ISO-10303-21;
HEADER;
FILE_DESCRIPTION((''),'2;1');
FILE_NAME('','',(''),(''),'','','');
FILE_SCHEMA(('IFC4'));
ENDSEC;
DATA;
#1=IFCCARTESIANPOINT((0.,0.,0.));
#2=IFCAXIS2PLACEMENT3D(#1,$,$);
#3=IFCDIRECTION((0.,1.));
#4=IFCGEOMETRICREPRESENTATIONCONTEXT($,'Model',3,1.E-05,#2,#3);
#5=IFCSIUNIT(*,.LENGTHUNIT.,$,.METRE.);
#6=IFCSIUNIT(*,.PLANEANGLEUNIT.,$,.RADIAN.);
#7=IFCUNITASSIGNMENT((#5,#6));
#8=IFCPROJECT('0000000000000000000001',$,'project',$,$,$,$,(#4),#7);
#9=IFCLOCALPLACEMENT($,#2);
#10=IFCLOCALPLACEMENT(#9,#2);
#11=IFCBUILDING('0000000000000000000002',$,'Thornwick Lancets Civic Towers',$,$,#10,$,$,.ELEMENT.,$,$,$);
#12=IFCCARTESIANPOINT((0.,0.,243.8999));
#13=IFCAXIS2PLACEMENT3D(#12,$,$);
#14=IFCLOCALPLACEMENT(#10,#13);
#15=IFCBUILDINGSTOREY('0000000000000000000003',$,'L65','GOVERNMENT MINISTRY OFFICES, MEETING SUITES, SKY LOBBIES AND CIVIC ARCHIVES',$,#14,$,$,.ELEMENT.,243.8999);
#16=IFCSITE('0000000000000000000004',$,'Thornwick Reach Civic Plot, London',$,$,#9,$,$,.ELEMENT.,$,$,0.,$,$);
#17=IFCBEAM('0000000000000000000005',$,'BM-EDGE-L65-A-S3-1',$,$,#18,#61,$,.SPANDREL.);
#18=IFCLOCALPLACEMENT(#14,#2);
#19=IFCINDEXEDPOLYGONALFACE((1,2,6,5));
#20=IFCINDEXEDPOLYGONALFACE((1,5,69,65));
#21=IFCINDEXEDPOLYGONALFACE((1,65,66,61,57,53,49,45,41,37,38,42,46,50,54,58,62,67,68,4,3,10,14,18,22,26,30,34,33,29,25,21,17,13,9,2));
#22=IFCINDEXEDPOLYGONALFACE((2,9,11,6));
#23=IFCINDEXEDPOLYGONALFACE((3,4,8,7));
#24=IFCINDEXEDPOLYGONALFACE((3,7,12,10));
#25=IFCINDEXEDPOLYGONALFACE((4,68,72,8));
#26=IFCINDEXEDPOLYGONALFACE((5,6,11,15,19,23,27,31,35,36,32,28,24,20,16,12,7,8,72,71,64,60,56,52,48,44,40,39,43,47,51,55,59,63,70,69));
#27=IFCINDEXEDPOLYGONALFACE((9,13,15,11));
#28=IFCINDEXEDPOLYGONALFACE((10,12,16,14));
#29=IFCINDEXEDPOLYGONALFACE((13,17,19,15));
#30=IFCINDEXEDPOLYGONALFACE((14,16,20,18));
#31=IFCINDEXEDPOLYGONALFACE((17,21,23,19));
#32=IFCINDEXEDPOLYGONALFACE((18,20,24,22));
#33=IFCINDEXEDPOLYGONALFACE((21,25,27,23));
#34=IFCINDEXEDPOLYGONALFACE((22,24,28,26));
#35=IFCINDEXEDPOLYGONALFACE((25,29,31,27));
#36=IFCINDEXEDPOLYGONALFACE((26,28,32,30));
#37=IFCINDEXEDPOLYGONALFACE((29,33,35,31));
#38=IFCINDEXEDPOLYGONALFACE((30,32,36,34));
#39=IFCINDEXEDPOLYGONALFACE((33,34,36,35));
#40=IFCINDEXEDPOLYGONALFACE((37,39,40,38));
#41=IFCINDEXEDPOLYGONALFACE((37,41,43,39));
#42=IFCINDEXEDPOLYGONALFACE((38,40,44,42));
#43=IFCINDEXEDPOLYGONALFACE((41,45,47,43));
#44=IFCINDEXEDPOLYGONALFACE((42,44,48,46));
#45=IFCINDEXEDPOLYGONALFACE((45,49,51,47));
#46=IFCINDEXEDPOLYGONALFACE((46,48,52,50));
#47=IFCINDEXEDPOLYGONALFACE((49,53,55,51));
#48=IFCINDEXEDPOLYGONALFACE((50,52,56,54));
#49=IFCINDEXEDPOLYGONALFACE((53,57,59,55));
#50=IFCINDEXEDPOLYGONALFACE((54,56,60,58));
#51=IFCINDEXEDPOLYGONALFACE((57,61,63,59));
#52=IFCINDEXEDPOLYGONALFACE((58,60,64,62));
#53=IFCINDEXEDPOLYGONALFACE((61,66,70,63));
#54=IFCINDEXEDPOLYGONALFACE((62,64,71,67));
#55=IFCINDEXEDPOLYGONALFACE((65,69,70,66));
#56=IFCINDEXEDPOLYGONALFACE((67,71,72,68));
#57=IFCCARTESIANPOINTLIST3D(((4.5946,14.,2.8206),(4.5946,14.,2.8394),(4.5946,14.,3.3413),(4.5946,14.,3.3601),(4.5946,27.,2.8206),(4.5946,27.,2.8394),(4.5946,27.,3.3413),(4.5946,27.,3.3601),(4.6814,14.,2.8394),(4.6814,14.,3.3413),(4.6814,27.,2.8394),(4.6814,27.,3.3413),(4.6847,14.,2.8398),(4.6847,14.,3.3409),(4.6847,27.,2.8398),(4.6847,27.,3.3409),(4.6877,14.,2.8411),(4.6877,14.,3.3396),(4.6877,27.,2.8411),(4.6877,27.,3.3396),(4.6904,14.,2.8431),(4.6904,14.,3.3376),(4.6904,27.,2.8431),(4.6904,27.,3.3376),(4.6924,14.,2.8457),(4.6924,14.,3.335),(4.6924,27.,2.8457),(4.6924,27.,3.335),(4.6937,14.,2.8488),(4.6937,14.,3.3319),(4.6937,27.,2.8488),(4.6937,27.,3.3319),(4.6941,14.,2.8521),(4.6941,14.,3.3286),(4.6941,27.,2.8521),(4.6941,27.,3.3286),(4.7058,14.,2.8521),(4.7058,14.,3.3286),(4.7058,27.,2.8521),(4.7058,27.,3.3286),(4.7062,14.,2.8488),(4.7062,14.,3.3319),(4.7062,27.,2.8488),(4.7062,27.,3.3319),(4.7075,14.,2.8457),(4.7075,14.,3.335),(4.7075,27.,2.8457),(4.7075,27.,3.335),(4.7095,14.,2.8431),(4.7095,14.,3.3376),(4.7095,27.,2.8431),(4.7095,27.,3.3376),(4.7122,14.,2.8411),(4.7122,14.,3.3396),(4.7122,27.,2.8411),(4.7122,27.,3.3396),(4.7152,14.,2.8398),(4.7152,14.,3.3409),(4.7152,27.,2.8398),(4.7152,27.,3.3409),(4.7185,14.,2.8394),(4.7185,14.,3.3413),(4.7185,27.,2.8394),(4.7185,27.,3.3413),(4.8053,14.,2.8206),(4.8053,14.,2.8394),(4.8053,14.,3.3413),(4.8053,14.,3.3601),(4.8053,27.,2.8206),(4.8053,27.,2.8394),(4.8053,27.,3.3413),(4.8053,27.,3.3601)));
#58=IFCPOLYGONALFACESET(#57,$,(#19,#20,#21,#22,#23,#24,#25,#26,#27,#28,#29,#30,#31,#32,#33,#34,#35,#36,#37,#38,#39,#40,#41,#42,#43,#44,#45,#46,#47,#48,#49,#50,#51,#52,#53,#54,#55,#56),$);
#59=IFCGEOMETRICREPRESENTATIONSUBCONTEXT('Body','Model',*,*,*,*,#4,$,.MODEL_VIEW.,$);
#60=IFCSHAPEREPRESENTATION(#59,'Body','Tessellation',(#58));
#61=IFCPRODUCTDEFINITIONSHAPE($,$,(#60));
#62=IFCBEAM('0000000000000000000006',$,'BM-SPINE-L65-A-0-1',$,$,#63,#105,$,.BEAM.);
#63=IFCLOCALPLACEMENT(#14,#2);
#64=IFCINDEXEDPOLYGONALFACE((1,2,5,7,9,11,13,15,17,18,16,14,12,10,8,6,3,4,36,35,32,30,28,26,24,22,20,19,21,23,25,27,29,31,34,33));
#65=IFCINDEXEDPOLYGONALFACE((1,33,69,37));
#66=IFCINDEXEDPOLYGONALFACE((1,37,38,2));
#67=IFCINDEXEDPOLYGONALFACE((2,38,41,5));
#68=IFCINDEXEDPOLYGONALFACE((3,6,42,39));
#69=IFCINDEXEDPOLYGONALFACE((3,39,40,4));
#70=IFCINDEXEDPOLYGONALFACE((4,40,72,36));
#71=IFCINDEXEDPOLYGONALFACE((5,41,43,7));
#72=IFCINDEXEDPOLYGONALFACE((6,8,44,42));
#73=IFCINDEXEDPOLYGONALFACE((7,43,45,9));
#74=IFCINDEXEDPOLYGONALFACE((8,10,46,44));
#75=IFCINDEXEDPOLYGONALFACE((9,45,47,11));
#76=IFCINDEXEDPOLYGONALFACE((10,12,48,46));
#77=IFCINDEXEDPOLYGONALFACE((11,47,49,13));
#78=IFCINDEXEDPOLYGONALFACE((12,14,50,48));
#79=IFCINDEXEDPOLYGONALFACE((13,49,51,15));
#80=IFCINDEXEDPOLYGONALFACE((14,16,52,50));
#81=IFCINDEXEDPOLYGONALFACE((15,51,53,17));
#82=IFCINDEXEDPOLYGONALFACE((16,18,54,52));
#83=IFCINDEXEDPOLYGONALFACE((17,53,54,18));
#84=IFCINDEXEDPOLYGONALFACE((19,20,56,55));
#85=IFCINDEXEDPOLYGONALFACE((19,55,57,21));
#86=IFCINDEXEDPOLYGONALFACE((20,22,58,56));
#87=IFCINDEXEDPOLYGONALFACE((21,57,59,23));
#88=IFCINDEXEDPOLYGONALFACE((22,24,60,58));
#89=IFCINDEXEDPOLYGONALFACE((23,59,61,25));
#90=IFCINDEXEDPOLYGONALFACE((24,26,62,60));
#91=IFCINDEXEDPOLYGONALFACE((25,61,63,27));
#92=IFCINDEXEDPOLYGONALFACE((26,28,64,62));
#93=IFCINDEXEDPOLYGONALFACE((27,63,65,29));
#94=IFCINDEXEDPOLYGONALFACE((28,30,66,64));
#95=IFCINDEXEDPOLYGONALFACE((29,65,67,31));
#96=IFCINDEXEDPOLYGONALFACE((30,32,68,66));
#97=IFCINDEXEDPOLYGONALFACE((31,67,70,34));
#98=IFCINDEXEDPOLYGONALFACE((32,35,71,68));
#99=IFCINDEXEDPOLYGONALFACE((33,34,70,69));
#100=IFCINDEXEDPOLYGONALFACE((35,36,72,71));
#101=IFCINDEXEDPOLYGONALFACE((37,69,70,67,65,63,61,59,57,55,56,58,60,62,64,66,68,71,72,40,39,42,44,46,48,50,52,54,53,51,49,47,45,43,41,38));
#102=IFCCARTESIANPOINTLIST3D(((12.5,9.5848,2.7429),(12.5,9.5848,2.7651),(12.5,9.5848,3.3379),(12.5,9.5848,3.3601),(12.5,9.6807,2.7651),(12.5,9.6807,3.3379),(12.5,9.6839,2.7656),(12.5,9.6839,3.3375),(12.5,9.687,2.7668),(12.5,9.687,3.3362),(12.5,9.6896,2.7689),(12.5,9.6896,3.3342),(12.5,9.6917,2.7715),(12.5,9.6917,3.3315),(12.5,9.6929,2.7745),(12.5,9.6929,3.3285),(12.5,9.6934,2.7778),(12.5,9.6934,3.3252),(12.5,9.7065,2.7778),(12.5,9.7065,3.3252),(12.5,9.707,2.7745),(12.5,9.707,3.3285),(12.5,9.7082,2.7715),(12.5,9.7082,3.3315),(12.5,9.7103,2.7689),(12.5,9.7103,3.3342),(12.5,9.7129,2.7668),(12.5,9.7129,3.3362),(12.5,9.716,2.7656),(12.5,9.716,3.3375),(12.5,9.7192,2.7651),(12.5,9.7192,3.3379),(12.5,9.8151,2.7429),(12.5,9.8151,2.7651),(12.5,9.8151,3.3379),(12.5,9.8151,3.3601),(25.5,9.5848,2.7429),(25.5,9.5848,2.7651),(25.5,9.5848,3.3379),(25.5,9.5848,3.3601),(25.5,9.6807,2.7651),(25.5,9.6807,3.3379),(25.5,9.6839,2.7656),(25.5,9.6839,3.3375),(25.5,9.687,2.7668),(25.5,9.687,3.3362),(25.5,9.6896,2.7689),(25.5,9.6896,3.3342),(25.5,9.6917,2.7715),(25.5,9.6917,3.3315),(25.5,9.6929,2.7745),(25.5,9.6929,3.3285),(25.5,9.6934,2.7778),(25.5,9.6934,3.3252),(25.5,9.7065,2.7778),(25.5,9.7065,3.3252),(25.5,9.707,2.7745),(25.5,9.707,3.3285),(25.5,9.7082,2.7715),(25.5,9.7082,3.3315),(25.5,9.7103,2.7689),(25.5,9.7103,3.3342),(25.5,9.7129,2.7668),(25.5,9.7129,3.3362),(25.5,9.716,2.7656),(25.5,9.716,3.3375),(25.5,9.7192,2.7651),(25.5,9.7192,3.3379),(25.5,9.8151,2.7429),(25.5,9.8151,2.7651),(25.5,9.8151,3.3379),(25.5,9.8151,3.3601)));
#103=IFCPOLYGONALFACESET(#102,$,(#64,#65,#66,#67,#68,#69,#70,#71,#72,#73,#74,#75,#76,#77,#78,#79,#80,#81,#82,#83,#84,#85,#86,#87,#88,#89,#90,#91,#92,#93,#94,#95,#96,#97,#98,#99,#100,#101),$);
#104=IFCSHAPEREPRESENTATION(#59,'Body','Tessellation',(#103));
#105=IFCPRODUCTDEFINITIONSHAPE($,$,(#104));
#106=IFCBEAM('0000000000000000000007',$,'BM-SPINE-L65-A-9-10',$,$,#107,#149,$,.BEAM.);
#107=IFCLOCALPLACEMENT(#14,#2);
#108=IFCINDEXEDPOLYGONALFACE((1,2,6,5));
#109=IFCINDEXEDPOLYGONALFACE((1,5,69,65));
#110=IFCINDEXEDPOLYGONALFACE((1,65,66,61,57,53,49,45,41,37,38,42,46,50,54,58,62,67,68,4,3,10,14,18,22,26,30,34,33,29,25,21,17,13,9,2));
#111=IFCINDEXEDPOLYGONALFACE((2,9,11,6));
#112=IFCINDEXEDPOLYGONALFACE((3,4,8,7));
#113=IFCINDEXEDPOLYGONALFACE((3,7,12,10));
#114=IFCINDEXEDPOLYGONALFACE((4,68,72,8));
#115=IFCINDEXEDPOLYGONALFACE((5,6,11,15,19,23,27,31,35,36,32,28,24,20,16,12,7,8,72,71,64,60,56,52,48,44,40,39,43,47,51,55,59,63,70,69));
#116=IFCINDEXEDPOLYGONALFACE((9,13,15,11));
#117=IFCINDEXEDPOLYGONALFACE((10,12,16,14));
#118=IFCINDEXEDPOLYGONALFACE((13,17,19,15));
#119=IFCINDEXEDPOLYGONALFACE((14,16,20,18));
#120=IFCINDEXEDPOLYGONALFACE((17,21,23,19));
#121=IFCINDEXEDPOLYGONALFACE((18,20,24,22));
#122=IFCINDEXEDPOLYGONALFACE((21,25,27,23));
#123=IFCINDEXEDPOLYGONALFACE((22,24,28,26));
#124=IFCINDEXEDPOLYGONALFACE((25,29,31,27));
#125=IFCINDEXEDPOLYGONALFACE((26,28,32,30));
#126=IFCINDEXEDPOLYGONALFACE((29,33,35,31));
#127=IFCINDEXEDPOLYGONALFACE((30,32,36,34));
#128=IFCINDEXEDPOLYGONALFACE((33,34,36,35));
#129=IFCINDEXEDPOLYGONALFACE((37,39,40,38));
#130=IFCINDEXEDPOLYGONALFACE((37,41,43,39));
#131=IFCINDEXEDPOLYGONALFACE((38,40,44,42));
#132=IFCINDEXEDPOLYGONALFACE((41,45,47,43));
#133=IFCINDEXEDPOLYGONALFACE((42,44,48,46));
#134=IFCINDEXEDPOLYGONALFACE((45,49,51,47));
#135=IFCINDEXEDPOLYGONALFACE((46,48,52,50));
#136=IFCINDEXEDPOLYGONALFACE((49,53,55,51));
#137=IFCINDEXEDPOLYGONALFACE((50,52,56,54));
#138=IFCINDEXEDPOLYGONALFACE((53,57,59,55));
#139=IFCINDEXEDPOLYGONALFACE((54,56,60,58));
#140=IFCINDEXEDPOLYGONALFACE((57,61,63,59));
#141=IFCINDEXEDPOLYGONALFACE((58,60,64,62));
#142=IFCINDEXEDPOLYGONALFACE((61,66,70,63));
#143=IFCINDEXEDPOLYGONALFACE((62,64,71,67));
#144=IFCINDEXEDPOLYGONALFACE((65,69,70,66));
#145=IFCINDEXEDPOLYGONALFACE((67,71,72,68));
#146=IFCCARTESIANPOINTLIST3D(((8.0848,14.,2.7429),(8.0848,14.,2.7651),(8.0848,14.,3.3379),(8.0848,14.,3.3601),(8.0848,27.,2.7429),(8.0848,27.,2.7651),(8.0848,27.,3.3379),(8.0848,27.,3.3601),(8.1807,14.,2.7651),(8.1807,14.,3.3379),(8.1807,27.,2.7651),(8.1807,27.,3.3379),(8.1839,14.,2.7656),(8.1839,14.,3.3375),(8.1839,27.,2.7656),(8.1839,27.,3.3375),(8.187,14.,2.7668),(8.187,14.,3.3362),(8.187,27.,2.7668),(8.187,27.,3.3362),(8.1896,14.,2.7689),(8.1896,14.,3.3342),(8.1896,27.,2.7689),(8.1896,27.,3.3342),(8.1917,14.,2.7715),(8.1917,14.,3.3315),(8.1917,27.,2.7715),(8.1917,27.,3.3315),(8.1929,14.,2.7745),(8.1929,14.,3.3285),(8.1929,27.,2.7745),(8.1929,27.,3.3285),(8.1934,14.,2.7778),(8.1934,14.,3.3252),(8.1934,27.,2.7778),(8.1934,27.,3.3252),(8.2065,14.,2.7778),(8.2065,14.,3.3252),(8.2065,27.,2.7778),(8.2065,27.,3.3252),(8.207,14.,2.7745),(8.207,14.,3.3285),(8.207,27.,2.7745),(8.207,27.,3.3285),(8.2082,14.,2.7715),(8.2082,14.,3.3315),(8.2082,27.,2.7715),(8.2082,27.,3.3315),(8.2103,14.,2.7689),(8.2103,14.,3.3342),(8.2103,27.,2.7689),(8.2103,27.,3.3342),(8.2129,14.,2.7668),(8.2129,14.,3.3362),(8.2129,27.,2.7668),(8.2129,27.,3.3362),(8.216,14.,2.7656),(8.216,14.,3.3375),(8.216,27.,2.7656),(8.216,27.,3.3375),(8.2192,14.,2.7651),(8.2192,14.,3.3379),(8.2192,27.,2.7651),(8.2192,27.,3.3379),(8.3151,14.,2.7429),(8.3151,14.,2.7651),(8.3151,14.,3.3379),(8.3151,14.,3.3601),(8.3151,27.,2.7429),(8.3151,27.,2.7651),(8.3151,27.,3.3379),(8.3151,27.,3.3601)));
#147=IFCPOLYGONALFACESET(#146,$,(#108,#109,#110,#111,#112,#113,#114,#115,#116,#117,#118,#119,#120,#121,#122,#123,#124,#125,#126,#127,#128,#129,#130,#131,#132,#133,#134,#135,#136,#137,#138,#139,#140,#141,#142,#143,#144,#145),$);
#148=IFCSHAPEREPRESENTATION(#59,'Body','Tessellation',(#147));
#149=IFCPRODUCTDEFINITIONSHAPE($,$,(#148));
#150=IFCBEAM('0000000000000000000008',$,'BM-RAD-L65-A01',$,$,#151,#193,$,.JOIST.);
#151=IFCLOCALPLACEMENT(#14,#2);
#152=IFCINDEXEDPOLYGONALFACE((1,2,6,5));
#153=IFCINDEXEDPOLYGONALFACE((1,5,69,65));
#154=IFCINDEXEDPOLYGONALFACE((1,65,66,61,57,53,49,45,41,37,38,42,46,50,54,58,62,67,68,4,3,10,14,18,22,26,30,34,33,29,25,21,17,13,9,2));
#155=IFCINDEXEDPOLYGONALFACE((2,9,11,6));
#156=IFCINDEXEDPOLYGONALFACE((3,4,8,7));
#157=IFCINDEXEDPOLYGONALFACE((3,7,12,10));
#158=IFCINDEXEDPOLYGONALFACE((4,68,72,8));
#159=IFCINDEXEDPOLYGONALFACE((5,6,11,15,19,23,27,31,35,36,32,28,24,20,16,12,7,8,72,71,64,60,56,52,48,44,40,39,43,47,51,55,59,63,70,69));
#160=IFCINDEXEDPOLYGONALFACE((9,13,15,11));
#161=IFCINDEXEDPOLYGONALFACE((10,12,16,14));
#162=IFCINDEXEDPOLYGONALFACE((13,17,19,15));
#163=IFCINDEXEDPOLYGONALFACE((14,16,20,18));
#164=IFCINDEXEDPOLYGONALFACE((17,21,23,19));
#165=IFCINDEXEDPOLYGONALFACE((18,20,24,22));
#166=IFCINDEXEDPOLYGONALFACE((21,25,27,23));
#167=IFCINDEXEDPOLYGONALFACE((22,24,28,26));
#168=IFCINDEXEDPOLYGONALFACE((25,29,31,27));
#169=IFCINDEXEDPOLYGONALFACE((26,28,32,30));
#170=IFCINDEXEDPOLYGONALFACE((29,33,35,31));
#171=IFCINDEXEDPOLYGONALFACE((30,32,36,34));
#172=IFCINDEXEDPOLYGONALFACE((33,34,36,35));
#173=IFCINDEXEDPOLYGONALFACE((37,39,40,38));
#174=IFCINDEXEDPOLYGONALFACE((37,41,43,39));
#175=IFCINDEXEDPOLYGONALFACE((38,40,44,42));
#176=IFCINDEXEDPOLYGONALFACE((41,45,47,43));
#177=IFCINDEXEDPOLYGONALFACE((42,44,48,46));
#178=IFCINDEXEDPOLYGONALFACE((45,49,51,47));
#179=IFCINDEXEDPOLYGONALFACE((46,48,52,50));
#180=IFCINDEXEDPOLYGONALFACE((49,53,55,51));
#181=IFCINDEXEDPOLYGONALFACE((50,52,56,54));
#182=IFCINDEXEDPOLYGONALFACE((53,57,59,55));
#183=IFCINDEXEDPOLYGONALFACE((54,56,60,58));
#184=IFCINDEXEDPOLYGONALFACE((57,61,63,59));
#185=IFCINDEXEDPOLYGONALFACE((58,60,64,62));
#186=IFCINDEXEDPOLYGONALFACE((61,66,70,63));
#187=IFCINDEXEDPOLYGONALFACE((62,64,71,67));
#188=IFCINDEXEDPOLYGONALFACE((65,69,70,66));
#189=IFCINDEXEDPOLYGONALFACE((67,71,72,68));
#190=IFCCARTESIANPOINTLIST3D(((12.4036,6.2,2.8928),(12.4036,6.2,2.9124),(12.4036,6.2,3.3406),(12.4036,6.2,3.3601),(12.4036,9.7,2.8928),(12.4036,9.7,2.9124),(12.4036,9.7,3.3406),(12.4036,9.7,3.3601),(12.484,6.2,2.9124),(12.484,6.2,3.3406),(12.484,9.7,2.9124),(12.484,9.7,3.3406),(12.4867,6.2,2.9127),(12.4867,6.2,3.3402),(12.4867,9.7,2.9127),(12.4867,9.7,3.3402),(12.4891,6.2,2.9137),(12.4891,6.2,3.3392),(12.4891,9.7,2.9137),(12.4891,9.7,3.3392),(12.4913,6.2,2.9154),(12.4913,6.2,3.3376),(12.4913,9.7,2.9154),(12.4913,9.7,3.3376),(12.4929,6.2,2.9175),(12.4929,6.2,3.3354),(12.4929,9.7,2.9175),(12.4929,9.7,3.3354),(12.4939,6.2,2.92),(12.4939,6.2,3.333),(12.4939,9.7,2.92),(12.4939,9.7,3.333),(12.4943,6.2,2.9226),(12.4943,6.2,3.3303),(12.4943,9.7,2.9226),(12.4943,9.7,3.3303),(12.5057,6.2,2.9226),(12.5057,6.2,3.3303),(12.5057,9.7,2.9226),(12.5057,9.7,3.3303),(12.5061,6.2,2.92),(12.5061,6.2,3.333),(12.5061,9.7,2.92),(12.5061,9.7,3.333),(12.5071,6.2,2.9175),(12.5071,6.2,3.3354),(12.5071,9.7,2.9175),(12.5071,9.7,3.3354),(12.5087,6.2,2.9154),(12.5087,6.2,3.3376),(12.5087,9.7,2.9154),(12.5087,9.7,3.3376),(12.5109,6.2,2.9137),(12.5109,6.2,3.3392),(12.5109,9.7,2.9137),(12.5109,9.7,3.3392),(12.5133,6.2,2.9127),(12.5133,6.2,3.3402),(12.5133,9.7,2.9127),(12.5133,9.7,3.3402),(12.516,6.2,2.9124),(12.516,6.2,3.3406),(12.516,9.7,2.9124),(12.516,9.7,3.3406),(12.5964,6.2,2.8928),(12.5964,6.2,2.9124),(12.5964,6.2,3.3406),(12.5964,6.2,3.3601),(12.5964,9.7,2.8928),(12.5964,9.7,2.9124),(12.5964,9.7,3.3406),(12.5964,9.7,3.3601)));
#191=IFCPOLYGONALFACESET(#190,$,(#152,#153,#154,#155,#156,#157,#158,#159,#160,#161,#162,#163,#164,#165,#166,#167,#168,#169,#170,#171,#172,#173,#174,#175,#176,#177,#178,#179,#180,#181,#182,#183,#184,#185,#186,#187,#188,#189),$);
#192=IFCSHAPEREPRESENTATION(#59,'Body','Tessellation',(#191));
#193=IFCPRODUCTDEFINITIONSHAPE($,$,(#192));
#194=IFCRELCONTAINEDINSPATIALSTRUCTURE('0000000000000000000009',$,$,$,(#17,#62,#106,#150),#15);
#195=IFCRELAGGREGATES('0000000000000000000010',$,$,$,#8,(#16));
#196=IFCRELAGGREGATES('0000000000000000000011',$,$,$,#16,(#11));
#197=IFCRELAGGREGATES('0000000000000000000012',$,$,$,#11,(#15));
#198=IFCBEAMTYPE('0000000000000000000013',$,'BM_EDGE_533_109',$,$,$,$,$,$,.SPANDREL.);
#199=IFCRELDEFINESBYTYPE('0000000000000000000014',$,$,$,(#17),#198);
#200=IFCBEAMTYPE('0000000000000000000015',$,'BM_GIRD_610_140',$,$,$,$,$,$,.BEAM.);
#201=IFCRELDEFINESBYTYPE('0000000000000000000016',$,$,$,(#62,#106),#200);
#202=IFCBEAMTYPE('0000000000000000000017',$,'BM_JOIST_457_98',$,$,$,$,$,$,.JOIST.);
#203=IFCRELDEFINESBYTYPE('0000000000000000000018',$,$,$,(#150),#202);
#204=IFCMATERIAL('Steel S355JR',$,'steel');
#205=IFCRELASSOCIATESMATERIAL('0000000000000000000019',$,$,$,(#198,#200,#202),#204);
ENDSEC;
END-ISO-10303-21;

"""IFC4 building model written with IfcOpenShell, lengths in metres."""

from ifc_helpers import new_model, si_unit, direction, frame, origin, origin_2d, place, context, subcontext, project, spatial, i_section, extrude, material, material_profile, profile_set, type_object, element, save


model = new_model("IFC4")

# Units and contexts
model_context = context("Model", 3, precision=1e-05, world=origin(), true_north=direction((0.0, 1.0)))
body_context = subcontext(model_context, "Body", "Model", "MODEL_VIEW")
ifc_project = project(units=[si_unit("LENGTHUNIT", "METRE"), si_unit("PLANEANGLEUNIT", "RADIAN")], contexts=[model_context])

# Site, building, storey
site_placement = place(None, origin())
site = spatial("IfcSite", under=ifc_project, at=site_placement, Name="Thornwick Reach Civic Plot, London", CompositionType="ELEMENT", RefElevation=0.0)
building_placement = place(site_placement, origin())
building = spatial("IfcBuilding", under=site, at=building_placement, Name="Thornwick Lancets Civic Towers", CompositionType="ELEMENT")
storey_placement = place(building_placement, frame((0.0, 0.0, 243.8999)))
storey = spatial("IfcBuildingStorey", under=building, at=storey_placement, Name="L65", Description="GOVERNMENT MINISTRY OFFICES, MEETING SUITES, SKY LOBBIES AND CIVIC ARCHIVES", CompositionType="ELEMENT", Elevation=243.8999)

# Shared definitions
ifc_material_1 = material(Name="Steel S355JR", Category="steel")

# Beams
ifc_material_profile_1 = material_profile(ifc_material_1, i_section(OverallWidth=0.2107, OverallDepth=0.5396, WebThickness=0.0117, FlangeThickness=0.0188, FilletRadius=0.0127, at=origin_2d()), Name="UKB 533x210x109")
ifc_profile_set_1 = profile_set([ifc_material_profile_1], Name="Steel S355JR")
beam_type_1 = type_object("IfcBeamType", Name="BM_EDGE_533_109", PredefinedType="SPANDREL", material=ifc_profile_set_1)
for number, where, z_axis, x_axis, name in (
    (1, (4.7, 14.0, 3.0903), (0.0, 1.0, 0.0), (-1.0, 0.0, 0.0), "BM-EDGE-L65-A-S3-1"),
):
    element("IfcBeam", number, at=place(storey_placement, frame(where, z_axis=z_axis, x_axis=x_axis)), inside=storey, type_object=beam_type_1, Name=name, PredefinedType="SPANDREL", context=body_context, shape_type="SweptSolid", body=[
        extrude(i_section(OverallWidth=0.2107, OverallDepth=0.5396, WebThickness=0.0117, FlangeThickness=0.0188, FilletRadius=0.0127, at=origin_2d()), origin(), (0.0, 0.0, 1.0), 13.0),
    ])
ifc_material_profile_2 = material_profile(ifc_material_1, i_section(OverallWidth=0.2302, OverallDepth=0.6172, WebThickness=0.0132, FlangeThickness=0.0222, FilletRadius=0.0127, at=origin_2d()), Name="UKB 610x229x140")
ifc_profile_set_2 = profile_set([ifc_material_profile_2], Name="Steel S355JR")
beam_type_2 = type_object("IfcBeamType", Name="BM_GIRD_610_140", PredefinedType="BEAM", material=ifc_profile_set_2)
for number, where, z_axis, x_axis, name in (
    (2, (12.5, 9.7, 3.0515), (1.0, 0.0, 0.0), (0.0, 1.0, 0.0), "BM-SPINE-L65-A-0-1"),
    (3, (8.2, 14.0, 3.0515), (0.0, 1.0, 0.0), (-1.0, 0.0, 0.0), "BM-SPINE-L65-A-9-10"),
):
    element("IfcBeam", number, at=place(storey_placement, frame(where, z_axis=z_axis, x_axis=x_axis)), inside=storey, type_object=beam_type_2, Name=name, PredefinedType="BEAM", context=body_context, shape_type="SweptSolid", body=[
        extrude(i_section(OverallWidth=0.2302, OverallDepth=0.6172, WebThickness=0.0132, FlangeThickness=0.0222, FilletRadius=0.0127, at=origin_2d()), origin(), (0.0, 0.0, 1.0), 13.0),
    ])
ifc_material_profile_3 = material_profile(ifc_material_1, i_section(OverallWidth=0.1929, OverallDepth=0.4673, WebThickness=0.0115, FlangeThickness=0.0195, FilletRadius=0.0103, at=origin_2d()), Name="UKB 457x191x98")
ifc_profile_set_3 = profile_set([ifc_material_profile_3], Name="Steel S355JR")
beam_type_3 = type_object("IfcBeamType", Name="BM_JOIST_457_98", PredefinedType="JOIST", material=ifc_profile_set_3)
for number, where, z_axis, x_axis, name in (
    (4, (12.5, 9.7, 3.1265), (0.0, -1.0, 0.0), (1.0, 0.0, 0.0), "BM-RAD-L65-A01"),
):
    element("IfcBeam", number, at=place(storey_placement, frame(where, z_axis=z_axis, x_axis=x_axis)), inside=storey, type_object=beam_type_3, Name=name, PredefinedType="JOIST", context=body_context, shape_type="SweptSolid", body=[
        extrude(i_section(OverallWidth=0.1929, OverallDepth=0.4673, WebThickness=0.0115, FlangeThickness=0.0195, FilletRadius=0.0103, at=origin_2d()), origin(), (0.0, 0.0, 1.0), 3.5),
    ])

save(model, "model.ifc")
